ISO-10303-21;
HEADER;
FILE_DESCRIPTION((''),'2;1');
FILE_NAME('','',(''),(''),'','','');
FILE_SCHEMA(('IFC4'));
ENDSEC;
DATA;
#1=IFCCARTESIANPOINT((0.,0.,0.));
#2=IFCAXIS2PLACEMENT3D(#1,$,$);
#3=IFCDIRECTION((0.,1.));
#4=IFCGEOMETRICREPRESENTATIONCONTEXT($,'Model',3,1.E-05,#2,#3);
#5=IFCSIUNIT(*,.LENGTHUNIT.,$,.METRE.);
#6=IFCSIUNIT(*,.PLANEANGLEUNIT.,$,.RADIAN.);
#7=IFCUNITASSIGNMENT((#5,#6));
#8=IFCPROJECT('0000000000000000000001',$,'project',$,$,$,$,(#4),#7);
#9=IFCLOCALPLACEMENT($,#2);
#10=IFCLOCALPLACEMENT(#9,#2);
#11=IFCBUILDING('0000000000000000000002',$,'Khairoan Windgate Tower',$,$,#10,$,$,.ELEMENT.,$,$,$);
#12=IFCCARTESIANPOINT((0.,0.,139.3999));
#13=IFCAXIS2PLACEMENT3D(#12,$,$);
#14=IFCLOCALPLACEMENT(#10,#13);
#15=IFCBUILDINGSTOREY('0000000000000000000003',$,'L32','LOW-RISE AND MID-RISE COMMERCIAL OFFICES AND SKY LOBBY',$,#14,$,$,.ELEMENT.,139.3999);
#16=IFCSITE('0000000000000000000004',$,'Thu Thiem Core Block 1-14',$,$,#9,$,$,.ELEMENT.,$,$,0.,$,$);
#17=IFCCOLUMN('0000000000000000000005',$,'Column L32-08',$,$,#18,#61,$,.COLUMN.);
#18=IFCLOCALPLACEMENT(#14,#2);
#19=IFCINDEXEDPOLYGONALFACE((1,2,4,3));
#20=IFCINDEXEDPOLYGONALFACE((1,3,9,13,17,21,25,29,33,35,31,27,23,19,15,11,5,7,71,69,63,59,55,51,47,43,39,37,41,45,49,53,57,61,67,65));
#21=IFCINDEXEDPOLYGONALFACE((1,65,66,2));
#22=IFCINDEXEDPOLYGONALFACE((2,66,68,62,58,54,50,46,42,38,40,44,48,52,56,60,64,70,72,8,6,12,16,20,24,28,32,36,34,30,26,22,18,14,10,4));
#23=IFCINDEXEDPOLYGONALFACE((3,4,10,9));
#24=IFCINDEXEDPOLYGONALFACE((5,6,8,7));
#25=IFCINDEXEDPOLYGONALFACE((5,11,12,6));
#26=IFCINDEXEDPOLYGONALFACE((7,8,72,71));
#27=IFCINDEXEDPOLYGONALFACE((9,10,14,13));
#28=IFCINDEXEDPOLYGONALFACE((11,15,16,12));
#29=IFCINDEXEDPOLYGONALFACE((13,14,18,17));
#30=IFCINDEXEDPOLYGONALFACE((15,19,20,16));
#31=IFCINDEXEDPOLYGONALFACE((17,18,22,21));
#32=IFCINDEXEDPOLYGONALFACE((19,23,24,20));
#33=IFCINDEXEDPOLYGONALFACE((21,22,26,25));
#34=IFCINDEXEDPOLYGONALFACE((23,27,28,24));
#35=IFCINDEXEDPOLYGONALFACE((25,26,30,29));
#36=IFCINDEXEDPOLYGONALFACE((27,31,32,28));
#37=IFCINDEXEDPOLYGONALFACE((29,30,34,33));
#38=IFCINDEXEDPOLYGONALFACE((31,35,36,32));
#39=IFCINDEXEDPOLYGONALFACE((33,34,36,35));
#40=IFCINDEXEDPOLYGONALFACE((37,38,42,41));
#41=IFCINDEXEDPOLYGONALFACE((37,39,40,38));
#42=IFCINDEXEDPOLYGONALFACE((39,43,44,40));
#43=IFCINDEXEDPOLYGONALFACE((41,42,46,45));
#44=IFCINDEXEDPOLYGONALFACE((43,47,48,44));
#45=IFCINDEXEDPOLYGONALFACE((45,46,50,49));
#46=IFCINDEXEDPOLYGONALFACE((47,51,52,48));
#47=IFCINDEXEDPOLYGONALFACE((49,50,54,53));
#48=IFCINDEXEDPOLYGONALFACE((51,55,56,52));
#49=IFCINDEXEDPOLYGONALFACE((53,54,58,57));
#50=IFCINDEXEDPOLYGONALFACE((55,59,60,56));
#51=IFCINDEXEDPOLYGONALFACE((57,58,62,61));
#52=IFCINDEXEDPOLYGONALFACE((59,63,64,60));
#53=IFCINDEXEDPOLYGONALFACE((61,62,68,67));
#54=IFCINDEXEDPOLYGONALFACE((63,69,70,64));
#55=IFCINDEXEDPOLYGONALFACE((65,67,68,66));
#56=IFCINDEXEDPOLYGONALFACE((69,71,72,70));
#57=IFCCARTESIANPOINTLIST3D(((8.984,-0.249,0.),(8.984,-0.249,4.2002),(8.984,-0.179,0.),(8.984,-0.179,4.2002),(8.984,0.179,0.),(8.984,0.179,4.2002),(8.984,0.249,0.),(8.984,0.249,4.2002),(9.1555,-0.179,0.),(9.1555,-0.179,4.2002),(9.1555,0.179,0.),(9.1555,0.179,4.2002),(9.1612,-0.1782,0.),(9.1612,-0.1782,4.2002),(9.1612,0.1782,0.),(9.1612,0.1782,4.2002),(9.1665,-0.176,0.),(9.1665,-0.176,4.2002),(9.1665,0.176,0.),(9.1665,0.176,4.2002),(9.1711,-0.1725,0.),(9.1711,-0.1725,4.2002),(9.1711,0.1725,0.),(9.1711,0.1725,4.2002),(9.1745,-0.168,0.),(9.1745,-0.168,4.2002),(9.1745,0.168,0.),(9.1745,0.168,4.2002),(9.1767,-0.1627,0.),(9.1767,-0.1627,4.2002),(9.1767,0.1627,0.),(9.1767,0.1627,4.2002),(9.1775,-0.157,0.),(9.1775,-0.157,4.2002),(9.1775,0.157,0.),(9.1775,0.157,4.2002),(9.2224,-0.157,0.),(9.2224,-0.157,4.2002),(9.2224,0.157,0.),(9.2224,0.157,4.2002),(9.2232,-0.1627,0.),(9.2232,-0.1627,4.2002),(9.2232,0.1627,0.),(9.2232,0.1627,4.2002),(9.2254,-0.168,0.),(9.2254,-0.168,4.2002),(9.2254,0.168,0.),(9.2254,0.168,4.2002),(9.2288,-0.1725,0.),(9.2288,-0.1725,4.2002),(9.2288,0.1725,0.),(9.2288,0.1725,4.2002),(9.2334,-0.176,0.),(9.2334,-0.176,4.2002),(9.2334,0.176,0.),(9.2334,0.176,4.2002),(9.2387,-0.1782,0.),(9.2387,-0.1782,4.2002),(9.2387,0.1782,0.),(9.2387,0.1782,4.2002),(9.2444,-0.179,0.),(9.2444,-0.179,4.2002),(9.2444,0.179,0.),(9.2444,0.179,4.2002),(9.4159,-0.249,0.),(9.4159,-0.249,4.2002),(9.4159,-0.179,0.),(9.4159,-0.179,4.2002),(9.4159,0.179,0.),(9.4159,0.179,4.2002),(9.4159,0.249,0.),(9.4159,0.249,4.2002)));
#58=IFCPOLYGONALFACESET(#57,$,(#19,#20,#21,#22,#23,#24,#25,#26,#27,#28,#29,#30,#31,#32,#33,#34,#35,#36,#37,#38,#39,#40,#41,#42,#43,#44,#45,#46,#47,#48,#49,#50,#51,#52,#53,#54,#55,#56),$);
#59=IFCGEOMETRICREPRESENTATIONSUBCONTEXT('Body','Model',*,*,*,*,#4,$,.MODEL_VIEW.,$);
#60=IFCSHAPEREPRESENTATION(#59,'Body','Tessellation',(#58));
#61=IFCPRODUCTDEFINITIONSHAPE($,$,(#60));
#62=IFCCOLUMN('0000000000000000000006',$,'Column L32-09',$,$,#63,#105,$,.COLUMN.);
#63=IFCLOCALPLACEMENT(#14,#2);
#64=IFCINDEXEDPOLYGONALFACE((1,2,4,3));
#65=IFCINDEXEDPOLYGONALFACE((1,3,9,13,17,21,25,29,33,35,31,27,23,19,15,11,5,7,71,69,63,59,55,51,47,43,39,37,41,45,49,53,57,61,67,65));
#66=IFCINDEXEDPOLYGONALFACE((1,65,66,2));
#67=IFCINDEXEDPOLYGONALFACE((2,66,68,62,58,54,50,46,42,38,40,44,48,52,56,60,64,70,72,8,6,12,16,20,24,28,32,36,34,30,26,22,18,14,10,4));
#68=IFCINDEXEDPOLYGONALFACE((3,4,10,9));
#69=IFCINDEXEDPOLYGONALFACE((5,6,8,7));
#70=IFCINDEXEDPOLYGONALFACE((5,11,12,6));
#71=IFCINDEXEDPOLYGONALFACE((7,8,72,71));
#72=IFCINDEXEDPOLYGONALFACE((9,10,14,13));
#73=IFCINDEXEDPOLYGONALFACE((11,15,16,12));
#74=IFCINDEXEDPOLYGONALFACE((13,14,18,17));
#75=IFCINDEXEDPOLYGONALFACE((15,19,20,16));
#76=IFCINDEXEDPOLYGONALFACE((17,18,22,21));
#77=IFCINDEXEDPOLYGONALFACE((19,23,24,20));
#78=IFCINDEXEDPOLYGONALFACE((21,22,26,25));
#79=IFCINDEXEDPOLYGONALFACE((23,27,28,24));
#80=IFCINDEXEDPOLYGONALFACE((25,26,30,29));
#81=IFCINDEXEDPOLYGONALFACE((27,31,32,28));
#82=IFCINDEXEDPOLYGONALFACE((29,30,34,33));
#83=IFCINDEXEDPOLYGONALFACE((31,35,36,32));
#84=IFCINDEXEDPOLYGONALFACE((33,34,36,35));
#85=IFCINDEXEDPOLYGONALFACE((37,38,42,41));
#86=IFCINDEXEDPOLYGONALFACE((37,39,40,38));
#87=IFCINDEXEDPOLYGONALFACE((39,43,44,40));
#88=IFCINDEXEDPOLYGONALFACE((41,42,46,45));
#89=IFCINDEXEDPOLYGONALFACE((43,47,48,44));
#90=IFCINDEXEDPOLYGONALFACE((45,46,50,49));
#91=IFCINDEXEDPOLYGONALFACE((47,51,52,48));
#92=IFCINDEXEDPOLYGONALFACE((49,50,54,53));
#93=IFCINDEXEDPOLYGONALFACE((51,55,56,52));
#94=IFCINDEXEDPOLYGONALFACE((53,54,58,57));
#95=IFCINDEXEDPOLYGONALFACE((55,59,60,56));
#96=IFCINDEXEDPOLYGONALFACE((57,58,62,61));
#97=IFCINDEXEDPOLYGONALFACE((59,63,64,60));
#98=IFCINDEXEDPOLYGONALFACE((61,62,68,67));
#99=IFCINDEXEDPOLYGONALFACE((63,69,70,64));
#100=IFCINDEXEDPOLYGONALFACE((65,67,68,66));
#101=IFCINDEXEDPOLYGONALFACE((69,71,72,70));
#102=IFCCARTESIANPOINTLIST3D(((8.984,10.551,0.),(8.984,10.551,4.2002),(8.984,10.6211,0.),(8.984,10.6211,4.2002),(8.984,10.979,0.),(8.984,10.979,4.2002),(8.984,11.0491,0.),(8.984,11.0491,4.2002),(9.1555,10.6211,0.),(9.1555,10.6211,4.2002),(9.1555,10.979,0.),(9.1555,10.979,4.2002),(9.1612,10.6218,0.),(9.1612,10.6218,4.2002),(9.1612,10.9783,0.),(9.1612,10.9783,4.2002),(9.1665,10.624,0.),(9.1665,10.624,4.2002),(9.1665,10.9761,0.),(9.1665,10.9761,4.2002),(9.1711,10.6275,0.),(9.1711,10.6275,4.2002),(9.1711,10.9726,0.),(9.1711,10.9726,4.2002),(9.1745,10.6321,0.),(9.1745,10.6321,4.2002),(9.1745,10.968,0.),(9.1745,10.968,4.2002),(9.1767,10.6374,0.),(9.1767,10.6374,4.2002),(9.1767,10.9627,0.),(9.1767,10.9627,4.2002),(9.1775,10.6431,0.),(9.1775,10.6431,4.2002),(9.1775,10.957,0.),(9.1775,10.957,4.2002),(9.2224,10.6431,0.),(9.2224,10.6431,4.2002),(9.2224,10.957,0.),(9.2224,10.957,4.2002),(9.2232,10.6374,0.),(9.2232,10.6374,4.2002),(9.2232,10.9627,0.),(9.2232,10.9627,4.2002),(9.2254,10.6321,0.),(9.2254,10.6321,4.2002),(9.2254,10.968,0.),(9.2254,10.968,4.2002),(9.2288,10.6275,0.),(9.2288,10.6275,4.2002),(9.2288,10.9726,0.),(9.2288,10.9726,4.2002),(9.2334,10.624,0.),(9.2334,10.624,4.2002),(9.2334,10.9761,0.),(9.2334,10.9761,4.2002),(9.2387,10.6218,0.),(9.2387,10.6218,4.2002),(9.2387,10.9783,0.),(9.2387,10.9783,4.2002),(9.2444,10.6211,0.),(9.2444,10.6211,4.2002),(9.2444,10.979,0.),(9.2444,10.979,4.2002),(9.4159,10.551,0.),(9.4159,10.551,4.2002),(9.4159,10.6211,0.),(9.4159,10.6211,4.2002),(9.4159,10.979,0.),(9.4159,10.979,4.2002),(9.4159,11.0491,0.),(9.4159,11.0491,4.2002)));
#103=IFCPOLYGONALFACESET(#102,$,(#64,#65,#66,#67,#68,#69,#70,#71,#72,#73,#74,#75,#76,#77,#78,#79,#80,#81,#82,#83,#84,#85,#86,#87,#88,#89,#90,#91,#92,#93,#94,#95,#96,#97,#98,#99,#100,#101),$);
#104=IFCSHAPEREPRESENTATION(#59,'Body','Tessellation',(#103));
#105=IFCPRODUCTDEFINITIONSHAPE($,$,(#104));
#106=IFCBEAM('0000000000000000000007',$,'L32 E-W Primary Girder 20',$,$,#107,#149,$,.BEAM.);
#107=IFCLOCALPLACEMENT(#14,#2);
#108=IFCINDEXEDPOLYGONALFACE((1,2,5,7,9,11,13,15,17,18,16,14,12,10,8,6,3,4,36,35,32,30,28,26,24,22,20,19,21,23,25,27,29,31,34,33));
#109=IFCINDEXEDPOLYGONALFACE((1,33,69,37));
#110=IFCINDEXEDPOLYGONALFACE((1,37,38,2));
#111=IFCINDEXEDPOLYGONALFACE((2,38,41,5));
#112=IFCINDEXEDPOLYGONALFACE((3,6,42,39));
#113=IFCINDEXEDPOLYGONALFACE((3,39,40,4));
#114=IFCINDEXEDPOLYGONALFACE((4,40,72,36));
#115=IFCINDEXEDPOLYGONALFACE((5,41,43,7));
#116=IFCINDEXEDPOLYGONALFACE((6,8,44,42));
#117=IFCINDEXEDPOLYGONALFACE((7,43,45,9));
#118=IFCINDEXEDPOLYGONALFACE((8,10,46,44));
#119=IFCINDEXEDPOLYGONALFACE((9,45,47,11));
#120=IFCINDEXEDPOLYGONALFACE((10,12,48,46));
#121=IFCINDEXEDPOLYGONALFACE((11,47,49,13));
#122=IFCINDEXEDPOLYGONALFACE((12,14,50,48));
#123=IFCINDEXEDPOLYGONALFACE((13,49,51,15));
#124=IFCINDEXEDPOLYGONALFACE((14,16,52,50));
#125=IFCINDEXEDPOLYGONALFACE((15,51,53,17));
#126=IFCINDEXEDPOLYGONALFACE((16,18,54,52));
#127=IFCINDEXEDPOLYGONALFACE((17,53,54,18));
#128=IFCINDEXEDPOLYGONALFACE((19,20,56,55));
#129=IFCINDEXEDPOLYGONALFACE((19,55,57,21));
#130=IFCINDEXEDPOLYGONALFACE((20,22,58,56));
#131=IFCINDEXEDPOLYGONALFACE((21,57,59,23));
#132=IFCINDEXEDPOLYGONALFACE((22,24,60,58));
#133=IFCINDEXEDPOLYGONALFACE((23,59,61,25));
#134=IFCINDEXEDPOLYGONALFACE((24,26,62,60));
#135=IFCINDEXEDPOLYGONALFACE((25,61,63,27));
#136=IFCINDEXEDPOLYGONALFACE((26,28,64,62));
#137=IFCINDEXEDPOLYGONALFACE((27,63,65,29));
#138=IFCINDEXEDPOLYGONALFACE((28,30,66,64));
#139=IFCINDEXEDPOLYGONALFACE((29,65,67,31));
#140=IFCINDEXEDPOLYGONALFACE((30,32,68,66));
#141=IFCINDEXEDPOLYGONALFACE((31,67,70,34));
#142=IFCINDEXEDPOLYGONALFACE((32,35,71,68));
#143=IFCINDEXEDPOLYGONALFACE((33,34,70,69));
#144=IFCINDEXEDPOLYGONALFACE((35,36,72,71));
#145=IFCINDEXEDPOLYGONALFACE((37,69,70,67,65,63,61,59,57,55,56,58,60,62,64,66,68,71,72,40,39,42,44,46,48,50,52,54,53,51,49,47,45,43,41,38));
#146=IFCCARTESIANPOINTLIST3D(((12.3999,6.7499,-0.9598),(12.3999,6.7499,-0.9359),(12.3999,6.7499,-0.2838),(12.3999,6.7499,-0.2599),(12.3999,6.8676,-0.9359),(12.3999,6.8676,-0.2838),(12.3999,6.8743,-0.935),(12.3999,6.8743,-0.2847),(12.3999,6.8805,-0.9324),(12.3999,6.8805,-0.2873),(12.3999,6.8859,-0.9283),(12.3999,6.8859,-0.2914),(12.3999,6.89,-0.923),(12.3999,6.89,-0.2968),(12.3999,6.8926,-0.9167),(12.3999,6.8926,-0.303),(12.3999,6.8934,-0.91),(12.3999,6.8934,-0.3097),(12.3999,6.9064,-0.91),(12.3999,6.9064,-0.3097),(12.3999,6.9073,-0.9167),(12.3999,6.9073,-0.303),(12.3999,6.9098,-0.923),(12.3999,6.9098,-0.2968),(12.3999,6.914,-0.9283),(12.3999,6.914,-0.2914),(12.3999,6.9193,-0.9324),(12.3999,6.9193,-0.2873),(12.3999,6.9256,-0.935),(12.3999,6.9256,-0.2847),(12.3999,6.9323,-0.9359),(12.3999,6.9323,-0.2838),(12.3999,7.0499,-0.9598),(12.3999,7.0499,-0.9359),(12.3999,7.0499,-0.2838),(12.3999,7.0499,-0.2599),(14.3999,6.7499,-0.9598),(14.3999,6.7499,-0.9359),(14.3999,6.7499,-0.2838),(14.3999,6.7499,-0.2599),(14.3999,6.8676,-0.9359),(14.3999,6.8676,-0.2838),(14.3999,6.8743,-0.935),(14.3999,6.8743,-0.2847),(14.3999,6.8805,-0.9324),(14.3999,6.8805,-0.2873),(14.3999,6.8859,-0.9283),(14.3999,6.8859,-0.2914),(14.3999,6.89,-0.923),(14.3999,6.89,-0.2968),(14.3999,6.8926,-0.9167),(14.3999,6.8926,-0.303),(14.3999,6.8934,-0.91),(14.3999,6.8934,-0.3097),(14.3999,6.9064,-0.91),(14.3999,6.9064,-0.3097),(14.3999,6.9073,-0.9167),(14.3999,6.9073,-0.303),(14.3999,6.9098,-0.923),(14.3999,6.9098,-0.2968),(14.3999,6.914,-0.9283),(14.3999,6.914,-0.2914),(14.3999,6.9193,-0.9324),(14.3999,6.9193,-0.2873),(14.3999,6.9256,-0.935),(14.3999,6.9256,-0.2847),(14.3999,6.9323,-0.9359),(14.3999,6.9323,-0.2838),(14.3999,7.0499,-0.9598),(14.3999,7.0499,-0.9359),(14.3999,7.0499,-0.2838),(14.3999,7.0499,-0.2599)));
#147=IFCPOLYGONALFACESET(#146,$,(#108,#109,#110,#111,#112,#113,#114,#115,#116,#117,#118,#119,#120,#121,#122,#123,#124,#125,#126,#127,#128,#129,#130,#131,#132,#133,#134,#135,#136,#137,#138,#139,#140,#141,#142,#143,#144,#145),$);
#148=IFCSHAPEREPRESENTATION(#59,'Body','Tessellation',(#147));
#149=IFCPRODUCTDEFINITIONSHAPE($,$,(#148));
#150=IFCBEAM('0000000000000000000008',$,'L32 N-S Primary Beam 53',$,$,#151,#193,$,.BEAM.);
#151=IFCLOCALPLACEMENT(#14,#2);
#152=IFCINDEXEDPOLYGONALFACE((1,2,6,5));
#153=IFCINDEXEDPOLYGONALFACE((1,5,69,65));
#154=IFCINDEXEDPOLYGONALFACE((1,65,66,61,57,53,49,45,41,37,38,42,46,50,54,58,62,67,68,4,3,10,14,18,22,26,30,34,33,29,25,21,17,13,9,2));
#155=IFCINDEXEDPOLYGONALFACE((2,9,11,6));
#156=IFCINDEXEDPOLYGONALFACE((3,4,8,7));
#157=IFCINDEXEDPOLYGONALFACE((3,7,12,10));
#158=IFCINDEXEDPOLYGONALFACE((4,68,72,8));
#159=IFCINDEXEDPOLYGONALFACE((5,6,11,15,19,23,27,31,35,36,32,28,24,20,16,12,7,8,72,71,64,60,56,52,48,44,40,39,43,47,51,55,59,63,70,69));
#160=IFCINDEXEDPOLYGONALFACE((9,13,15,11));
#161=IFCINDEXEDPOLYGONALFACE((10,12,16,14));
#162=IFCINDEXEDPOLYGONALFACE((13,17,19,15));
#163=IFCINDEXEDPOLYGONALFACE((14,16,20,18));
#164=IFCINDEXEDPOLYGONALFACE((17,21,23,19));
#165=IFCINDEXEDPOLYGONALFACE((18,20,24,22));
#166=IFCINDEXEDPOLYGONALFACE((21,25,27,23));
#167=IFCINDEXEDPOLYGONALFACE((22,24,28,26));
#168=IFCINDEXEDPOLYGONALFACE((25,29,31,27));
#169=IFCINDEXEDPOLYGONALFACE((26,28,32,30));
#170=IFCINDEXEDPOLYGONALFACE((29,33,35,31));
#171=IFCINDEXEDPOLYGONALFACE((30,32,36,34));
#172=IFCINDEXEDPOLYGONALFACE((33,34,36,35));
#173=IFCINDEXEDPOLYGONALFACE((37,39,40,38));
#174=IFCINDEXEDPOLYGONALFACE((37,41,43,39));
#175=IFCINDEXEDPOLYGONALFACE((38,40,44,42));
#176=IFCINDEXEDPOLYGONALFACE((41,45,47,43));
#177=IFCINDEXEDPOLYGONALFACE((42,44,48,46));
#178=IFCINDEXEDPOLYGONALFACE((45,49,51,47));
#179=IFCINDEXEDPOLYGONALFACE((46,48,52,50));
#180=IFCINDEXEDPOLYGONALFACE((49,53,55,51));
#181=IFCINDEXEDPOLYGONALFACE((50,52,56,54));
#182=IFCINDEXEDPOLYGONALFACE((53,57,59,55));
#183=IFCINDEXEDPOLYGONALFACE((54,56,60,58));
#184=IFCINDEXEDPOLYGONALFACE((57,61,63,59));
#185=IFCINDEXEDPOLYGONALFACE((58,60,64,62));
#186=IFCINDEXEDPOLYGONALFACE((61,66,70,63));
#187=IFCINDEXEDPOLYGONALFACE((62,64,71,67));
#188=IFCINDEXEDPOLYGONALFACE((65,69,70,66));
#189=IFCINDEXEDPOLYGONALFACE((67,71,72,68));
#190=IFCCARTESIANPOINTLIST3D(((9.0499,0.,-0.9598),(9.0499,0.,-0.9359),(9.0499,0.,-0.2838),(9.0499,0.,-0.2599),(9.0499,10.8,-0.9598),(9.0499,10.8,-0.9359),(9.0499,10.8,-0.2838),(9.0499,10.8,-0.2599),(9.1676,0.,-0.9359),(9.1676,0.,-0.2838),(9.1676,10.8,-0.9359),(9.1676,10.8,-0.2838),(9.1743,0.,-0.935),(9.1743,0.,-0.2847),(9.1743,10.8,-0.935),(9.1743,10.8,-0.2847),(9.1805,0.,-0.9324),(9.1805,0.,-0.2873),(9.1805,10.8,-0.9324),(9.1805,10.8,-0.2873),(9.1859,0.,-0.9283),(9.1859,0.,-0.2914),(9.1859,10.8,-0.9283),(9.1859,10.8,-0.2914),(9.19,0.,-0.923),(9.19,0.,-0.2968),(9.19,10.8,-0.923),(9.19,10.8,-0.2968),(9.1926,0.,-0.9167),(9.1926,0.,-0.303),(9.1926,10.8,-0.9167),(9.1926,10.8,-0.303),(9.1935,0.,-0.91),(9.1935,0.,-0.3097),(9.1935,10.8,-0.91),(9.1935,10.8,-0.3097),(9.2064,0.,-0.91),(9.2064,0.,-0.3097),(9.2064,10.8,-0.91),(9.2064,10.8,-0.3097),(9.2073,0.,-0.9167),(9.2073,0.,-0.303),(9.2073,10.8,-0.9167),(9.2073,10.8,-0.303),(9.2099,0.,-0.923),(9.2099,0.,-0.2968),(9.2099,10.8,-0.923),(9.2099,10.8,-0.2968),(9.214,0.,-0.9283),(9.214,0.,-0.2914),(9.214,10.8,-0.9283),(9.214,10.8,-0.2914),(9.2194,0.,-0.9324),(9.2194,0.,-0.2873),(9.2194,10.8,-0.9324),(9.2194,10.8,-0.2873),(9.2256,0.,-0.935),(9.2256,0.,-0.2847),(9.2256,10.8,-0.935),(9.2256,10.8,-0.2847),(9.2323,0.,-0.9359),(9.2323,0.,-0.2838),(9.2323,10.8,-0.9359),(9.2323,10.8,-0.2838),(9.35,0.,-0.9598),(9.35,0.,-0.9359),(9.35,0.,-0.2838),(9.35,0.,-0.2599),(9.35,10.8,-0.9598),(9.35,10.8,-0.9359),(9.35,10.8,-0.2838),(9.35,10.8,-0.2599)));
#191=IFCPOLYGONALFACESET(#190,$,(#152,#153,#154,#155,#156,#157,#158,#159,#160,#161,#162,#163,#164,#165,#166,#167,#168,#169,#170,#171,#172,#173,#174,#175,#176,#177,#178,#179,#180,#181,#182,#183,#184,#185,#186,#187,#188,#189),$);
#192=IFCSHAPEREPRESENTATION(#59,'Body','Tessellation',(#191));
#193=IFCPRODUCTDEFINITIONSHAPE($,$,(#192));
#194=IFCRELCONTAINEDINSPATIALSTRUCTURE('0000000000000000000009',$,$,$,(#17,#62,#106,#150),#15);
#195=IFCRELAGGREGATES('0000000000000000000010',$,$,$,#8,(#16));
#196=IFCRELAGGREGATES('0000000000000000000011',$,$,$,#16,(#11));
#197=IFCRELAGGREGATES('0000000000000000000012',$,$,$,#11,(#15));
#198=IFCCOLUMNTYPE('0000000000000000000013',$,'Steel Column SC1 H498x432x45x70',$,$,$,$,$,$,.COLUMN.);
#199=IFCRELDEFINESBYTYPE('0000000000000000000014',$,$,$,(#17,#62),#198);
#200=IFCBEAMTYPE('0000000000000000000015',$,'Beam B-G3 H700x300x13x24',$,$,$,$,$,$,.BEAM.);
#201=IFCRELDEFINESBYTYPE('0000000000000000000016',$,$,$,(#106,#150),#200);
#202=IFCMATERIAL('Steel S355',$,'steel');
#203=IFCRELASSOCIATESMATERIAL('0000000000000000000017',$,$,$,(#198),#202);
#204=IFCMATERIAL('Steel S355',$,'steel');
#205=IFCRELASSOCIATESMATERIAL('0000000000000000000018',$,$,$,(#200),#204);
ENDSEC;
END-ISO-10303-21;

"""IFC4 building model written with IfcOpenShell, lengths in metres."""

from ifc_helpers import new_model, si_unit, direction, frame, origin, origin_2d, place, context, subcontext, project, spatial, i_section, extrude, material, material_profile, profile_set, type_object, element, save


model = new_model("IFC4")

# Units and contexts
model_context = context("Model", 3, precision=1e-05, world=origin(), true_north=direction((0.0, 1.0)))
body_context = subcontext(model_context, "Body", "Model", "MODEL_VIEW")
ifc_project = project(units=[si_unit("LENGTHUNIT", "METRE"), si_unit("PLANEANGLEUNIT", "RADIAN")], contexts=[model_context])

# Site, building, storey
site_placement = place(None, origin())
site = spatial("IfcSite", under=ifc_project, at=site_placement, Name="Thu Thiem Core Block 1-14", CompositionType="ELEMENT", RefElevation=0.0)
building_placement = place(site_placement, origin())
building = spatial("IfcBuilding", under=site, at=building_placement, Name="Khairoan Windgate Tower", CompositionType="ELEMENT")
storey_placement = place(building_placement, frame((0.0, 0.0, 139.3999)))
storey = spatial("IfcBuildingStorey", under=building, at=storey_placement, Name="L32", Description="LOW-RISE AND MID-RISE COMMERCIAL OFFICES AND SKY LOBBY", CompositionType="ELEMENT", Elevation=139.3999)

# Columns
ifc_material_1 = material(Name="Steel S355", Category="steel")
ifc_material_profile_1 = material_profile(ifc_material_1, i_section(OverallWidth=0.4319, OverallDepth=0.498, WebThickness=0.0449, FlangeThickness=0.0701, FilletRadius=0.022, at=origin_2d()))
ifc_profile_set_1 = profile_set([ifc_material_profile_1], Name="Steel S355")
column_type = type_object("IfcColumnType", Name="Steel Column SC1 H498x432x45x70", PredefinedType="COLUMN", material=ifc_profile_set_1)
for number, where, z_axis, x_axis, name in (
    (1, (9.2, 0.0, 0.0), (0.0, 0.0, 1.0), (1.0, 0.0, 0.0), "Column L32-08"),
    (2, (9.2, 10.8, 0.0), (0.0, 0.0, 1.0), (1.0, 0.0, 0.0), "Column L32-09"),
):
    element("IfcColumn", number, at=place(storey_placement, frame(where, z_axis=z_axis, x_axis=x_axis)), inside=storey, type_object=column_type, Name=name, PredefinedType="COLUMN", context=body_context, shape_type="SweptSolid", body=[
        extrude(i_section(OverallWidth=0.4319, OverallDepth=0.498, WebThickness=0.0449, FlangeThickness=0.0701, FilletRadius=0.022, at=origin_2d()), origin(), (0.0, 0.0, 1.0), 4.2002),
    ])

# Beams
ifc_material_2 = material(Name="Steel S355", Category="steel")
ifc_material_profile_2 = material_profile(ifc_material_2, i_section(OverallWidth=0.3, OverallDepth=0.7, WebThickness=0.0129, FlangeThickness=0.0239, FilletRadius=0.0259, at=origin_2d()))
ifc_profile_set_2 = profile_set([ifc_material_profile_2], Name="Steel S355")
beam_type_1 = type_object("IfcBeamType", Name="Beam B-G3 H700x300x13x24", PredefinedType="BEAM", material=ifc_profile_set_2)
beam_1_placement = place(storey_placement, frame((12.3999, 6.8999, -0.6099), z_axis=(1.0, 0.0, 0.0), x_axis=(0.0, 1.0, 0.0)))
element("IfcBeam", 3, at=beam_1_placement, inside=storey, type_object=beam_type_1, Name="L32 E-W Primary Girder 20", PredefinedType="BEAM", context=body_context, shape_type="SweptSolid", body=[
    extrude(i_section(OverallWidth=0.3, OverallDepth=0.7, WebThickness=0.0129, FlangeThickness=0.0239, FilletRadius=0.0259, at=origin_2d()), origin(), (0.0, 0.0, 1.0), 2.0),
])
beam_2_placement = place(storey_placement, frame((9.2, 0.0, -0.6099), z_axis=(0.0, 1.0, 0.0), x_axis=(-1.0, 0.0, 0.0)))
element("IfcBeam", 4, at=beam_2_placement, inside=storey, type_object=beam_type_1, Name="L32 N-S Primary Beam 53", PredefinedType="BEAM", context=body_context, shape_type="SweptSolid", body=[
    extrude(i_section(OverallWidth=0.3, OverallDepth=0.7, WebThickness=0.0129, FlangeThickness=0.0239, FilletRadius=0.0259, at=origin_2d()), origin(), (0.0, 0.0, 1.0), 10.8),
])

save(model, "model.ifc")
